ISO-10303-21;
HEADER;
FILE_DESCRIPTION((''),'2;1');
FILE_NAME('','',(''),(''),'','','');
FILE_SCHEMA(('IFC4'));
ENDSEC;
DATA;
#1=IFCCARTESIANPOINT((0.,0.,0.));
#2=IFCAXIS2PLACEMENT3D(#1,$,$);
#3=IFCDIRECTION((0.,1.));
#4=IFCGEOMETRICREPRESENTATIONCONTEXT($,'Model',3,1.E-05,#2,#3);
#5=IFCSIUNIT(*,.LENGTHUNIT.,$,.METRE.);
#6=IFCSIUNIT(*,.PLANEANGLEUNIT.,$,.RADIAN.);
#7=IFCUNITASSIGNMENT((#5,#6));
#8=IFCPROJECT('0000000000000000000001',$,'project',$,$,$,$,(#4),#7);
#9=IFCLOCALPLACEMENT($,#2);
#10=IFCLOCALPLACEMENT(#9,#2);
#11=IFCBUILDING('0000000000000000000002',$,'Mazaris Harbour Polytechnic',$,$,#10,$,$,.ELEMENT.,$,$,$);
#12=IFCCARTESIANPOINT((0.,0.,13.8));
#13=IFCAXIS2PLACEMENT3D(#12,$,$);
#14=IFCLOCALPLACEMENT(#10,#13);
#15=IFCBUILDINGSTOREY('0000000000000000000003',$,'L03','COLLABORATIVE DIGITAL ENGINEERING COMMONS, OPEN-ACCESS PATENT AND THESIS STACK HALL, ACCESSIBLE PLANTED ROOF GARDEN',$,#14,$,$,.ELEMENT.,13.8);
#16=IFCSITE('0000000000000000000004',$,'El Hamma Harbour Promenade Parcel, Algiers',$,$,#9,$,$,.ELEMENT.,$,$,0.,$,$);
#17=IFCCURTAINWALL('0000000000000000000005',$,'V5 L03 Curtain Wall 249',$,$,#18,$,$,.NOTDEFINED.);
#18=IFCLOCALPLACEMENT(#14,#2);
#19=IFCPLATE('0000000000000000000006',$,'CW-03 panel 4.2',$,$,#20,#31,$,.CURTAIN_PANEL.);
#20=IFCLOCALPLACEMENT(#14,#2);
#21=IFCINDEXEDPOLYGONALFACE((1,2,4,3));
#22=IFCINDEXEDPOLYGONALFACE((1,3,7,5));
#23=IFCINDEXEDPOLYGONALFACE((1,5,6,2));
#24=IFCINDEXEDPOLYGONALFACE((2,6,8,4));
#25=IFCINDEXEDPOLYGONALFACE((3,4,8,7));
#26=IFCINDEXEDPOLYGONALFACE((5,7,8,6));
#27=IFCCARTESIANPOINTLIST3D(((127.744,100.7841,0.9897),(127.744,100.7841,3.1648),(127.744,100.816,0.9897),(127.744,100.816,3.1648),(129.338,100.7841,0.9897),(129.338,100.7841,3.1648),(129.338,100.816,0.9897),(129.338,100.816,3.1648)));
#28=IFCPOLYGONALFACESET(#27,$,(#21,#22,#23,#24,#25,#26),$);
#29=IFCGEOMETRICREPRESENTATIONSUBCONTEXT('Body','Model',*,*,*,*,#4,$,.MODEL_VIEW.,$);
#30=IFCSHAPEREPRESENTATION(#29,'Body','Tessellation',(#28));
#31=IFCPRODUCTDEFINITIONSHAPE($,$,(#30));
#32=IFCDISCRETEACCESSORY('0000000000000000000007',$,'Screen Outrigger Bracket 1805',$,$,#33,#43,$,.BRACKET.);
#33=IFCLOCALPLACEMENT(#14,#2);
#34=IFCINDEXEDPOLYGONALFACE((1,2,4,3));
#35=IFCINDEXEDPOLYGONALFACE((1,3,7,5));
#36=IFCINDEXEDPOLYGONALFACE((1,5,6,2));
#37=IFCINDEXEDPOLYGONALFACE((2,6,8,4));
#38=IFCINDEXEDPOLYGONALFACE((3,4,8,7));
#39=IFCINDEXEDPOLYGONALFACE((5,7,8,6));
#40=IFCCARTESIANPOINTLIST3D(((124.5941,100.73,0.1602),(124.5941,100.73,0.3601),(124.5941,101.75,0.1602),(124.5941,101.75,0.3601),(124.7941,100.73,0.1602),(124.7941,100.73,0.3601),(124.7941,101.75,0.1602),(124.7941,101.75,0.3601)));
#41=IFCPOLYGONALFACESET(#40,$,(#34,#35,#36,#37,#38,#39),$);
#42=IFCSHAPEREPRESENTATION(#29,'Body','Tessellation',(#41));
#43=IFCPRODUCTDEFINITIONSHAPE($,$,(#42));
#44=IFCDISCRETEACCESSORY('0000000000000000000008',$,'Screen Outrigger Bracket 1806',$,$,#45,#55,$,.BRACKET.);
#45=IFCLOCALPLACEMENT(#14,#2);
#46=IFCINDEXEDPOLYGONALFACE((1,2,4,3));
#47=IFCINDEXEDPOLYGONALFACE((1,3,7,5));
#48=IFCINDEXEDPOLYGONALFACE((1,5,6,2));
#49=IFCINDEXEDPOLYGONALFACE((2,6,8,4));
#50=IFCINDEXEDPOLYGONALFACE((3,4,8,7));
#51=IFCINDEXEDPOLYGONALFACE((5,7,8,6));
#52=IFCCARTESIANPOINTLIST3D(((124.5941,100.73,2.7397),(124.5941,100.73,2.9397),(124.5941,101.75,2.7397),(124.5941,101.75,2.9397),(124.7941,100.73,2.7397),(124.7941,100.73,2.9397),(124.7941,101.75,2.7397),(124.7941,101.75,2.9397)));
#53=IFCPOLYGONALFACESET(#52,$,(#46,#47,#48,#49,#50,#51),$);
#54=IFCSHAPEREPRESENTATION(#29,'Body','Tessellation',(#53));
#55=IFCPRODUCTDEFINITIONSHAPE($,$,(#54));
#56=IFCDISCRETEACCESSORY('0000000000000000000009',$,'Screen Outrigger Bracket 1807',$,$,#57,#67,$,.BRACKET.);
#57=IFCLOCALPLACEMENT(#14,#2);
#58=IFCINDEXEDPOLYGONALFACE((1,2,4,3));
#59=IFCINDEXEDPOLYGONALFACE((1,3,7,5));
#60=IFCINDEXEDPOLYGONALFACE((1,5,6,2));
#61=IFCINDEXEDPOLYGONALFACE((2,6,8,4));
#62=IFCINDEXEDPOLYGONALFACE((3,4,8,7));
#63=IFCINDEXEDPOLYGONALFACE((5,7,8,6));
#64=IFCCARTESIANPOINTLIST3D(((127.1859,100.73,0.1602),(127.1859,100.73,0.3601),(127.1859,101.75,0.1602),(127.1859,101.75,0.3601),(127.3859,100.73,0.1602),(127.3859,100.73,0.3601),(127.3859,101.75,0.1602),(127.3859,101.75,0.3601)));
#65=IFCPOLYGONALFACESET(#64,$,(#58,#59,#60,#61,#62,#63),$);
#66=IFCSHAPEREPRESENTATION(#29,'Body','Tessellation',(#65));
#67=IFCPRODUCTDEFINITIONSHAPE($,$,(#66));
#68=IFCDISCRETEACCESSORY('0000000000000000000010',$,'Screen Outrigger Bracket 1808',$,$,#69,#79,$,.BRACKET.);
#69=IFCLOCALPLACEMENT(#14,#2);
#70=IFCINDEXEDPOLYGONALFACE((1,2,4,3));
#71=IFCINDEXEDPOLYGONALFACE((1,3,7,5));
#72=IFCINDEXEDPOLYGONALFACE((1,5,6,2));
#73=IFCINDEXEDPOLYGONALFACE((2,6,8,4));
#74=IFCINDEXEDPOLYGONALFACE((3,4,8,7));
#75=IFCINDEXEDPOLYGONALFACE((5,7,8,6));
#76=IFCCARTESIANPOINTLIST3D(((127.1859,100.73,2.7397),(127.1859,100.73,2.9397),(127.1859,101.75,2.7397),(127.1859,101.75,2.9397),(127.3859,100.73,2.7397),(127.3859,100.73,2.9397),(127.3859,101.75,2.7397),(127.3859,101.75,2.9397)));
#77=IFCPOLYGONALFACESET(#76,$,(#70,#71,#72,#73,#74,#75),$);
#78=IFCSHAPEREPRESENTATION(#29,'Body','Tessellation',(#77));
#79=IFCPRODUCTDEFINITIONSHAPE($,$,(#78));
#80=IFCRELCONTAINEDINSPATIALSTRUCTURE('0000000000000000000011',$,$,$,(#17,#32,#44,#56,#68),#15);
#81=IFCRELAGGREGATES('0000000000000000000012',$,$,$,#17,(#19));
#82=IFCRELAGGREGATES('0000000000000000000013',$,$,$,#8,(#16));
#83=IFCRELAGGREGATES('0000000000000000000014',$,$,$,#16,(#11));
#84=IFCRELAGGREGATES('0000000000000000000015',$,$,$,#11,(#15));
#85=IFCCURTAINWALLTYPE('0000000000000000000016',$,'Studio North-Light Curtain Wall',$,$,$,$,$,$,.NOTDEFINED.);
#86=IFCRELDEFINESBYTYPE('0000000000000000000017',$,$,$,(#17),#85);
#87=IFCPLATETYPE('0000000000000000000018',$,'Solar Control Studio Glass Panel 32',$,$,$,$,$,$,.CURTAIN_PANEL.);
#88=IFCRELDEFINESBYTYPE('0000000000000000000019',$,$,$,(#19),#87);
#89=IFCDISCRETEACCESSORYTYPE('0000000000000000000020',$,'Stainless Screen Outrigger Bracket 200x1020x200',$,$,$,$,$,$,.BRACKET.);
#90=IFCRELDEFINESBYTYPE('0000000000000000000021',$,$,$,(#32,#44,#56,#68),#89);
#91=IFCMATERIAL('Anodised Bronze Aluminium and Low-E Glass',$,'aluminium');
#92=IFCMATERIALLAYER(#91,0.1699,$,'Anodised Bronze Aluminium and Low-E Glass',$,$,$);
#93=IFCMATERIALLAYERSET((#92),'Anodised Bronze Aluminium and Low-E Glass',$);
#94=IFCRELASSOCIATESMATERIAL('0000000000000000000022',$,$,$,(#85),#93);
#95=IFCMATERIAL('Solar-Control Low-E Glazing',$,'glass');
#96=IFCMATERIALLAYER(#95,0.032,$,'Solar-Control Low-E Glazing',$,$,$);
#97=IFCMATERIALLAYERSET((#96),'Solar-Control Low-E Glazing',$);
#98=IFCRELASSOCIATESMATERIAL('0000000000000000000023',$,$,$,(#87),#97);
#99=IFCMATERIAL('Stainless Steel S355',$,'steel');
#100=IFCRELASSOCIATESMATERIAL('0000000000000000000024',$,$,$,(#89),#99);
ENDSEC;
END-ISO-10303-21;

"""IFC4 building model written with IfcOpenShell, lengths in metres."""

from ifc_helpers import new_model, si_unit, direction, frame, origin, origin_2d, place, context, subcontext, project, spatial, rectangle, extrude, material, layer, layer_set, type_object, element, aggregate, save


model = new_model("IFC4")

# Units and contexts
model_context = context("Model", 3, precision=1e-05, world=origin(), true_north=direction((0.0, 1.0)))
body_context = subcontext(model_context, "Body", "Model", "MODEL_VIEW")
ifc_project = project(units=[si_unit("LENGTHUNIT", "METRE"), si_unit("PLANEANGLEUNIT", "RADIAN")], contexts=[model_context])

# Site, building, storey
site_placement = place(None, origin())
site = spatial("IfcSite", under=ifc_project, at=site_placement, Name="El Hamma Harbour Promenade Parcel, Algiers", CompositionType="ELEMENT", RefElevation=0.0)
building_placement = place(site_placement, origin())
building = spatial("IfcBuilding", under=site, at=building_placement, Name="Mazaris Harbour Polytechnic", CompositionType="ELEMENT")
storey_placement = place(building_placement, frame((0.0, 0.0, 13.8)))
storey = spatial("IfcBuildingStorey", under=building, at=storey_placement, Name="L03", Description="COLLABORATIVE DIGITAL ENGINEERING COMMONS, OPEN-ACCESS PATENT AND THESIS STACK HALL, ACCESSIBLE PLANTED ROOF GARDEN", CompositionType="ELEMENT", Elevation=13.8)

# Curtain wall
ifc_material_1 = material(Name="Anodised Bronze Aluminium and Low-E Glass", Category="aluminium")
ifc_layer_1 = layer(ifc_material_1, 0.1699, Name="Anodised Bronze Aluminium and Low-E Glass")
ifc_layer_set_1 = layer_set([ifc_layer_1], Name="Anodised Bronze Aluminium and Low-E Glass")
curtain_wall_type = type_object("IfcCurtainWallType", Name="Studio North-Light Curtain Wall", PredefinedType="NOTDEFINED", material=ifc_layer_set_1)
curtain_wall_placement = place(storey_placement, origin())
curtain_wall = element("IfcCurtainWall", 1, at=curtain_wall_placement, inside=storey, type_object=curtain_wall_type, Name="V5 L03 Curtain Wall 249", PredefinedType="NOTDEFINED")

# Plate
ifc_material_2 = material(Name="Solar-Control Low-E Glazing", Category="glass")
ifc_layer_2 = layer(ifc_material_2, 0.032, Name="Solar-Control Low-E Glazing")
ifc_layer_set_2 = layer_set([ifc_layer_2], Name="Solar-Control Low-E Glazing")
plate_type = type_object("IfcPlateType", Name="Solar Control Studio Glass Panel 32", PredefinedType="CURTAIN_PANEL", material=ifc_layer_set_2)
plate_1_placement = place(storey_placement, frame((128.541, 100.8, 0.9897), z_axis=(0.0, 0.0, 1.0), x_axis=(1.0, 0.0, 0.0)))
plate_1 = element("IfcPlate", 2, at=plate_1_placement, type_object=plate_type, Name="CW-03 panel 4.2", PredefinedType="CURTAIN_PANEL", context=body_context, shape_type="SweptSolid", body=[
    extrude(rectangle(XDim=1.594, YDim=0.032, at=origin_2d()), origin(), (0.0, 0.0, 1.0), 2.175),
])
aggregate(curtain_wall, [plate_1])

# Discrete accessories
ifc_material_3 = material(Name="Stainless Steel S355", Category="steel")
discrete_accessory_type = type_object("IfcDiscreteAccessoryType", Name="Stainless Screen Outrigger Bracket 200x1020x200", PredefinedType="BRACKET", material=ifc_material_3)
for number, where, z_axis, x_axis, name in (
    (3, (124.6941, 101.24, 0.1602), (0.0, 0.0, 1.0), (1.0, 0.0, 0.0), "Screen Outrigger Bracket 1805"),
    (4, (124.6941, 101.24, 2.7397), (0.0, 0.0, 1.0), (1.0, 0.0, 0.0), "Screen Outrigger Bracket 1806"),
    (5, (127.2859, 101.24, 0.1602), (0.0, 0.0, 1.0), (1.0, 0.0, 0.0), "Screen Outrigger Bracket 1807"),
    (6, (127.2859, 101.24, 2.7397), (0.0, 0.0, 1.0), (1.0, 0.0, 0.0), "Screen Outrigger Bracket 1808"),
):
    element("IfcDiscreteAccessory", number, at=place(storey_placement, frame(where, z_axis=z_axis, x_axis=x_axis)), inside=storey, type_object=discrete_accessory_type, Name=name, PredefinedType="BRACKET", context=body_context, shape_type="SweptSolid", body=[
        extrude(rectangle(XDim=0.2, YDim=1.02, at=origin_2d()), origin(), (0.0, 0.0, 1.0), 0.2),
    ])

save(model, "model.ifc")
